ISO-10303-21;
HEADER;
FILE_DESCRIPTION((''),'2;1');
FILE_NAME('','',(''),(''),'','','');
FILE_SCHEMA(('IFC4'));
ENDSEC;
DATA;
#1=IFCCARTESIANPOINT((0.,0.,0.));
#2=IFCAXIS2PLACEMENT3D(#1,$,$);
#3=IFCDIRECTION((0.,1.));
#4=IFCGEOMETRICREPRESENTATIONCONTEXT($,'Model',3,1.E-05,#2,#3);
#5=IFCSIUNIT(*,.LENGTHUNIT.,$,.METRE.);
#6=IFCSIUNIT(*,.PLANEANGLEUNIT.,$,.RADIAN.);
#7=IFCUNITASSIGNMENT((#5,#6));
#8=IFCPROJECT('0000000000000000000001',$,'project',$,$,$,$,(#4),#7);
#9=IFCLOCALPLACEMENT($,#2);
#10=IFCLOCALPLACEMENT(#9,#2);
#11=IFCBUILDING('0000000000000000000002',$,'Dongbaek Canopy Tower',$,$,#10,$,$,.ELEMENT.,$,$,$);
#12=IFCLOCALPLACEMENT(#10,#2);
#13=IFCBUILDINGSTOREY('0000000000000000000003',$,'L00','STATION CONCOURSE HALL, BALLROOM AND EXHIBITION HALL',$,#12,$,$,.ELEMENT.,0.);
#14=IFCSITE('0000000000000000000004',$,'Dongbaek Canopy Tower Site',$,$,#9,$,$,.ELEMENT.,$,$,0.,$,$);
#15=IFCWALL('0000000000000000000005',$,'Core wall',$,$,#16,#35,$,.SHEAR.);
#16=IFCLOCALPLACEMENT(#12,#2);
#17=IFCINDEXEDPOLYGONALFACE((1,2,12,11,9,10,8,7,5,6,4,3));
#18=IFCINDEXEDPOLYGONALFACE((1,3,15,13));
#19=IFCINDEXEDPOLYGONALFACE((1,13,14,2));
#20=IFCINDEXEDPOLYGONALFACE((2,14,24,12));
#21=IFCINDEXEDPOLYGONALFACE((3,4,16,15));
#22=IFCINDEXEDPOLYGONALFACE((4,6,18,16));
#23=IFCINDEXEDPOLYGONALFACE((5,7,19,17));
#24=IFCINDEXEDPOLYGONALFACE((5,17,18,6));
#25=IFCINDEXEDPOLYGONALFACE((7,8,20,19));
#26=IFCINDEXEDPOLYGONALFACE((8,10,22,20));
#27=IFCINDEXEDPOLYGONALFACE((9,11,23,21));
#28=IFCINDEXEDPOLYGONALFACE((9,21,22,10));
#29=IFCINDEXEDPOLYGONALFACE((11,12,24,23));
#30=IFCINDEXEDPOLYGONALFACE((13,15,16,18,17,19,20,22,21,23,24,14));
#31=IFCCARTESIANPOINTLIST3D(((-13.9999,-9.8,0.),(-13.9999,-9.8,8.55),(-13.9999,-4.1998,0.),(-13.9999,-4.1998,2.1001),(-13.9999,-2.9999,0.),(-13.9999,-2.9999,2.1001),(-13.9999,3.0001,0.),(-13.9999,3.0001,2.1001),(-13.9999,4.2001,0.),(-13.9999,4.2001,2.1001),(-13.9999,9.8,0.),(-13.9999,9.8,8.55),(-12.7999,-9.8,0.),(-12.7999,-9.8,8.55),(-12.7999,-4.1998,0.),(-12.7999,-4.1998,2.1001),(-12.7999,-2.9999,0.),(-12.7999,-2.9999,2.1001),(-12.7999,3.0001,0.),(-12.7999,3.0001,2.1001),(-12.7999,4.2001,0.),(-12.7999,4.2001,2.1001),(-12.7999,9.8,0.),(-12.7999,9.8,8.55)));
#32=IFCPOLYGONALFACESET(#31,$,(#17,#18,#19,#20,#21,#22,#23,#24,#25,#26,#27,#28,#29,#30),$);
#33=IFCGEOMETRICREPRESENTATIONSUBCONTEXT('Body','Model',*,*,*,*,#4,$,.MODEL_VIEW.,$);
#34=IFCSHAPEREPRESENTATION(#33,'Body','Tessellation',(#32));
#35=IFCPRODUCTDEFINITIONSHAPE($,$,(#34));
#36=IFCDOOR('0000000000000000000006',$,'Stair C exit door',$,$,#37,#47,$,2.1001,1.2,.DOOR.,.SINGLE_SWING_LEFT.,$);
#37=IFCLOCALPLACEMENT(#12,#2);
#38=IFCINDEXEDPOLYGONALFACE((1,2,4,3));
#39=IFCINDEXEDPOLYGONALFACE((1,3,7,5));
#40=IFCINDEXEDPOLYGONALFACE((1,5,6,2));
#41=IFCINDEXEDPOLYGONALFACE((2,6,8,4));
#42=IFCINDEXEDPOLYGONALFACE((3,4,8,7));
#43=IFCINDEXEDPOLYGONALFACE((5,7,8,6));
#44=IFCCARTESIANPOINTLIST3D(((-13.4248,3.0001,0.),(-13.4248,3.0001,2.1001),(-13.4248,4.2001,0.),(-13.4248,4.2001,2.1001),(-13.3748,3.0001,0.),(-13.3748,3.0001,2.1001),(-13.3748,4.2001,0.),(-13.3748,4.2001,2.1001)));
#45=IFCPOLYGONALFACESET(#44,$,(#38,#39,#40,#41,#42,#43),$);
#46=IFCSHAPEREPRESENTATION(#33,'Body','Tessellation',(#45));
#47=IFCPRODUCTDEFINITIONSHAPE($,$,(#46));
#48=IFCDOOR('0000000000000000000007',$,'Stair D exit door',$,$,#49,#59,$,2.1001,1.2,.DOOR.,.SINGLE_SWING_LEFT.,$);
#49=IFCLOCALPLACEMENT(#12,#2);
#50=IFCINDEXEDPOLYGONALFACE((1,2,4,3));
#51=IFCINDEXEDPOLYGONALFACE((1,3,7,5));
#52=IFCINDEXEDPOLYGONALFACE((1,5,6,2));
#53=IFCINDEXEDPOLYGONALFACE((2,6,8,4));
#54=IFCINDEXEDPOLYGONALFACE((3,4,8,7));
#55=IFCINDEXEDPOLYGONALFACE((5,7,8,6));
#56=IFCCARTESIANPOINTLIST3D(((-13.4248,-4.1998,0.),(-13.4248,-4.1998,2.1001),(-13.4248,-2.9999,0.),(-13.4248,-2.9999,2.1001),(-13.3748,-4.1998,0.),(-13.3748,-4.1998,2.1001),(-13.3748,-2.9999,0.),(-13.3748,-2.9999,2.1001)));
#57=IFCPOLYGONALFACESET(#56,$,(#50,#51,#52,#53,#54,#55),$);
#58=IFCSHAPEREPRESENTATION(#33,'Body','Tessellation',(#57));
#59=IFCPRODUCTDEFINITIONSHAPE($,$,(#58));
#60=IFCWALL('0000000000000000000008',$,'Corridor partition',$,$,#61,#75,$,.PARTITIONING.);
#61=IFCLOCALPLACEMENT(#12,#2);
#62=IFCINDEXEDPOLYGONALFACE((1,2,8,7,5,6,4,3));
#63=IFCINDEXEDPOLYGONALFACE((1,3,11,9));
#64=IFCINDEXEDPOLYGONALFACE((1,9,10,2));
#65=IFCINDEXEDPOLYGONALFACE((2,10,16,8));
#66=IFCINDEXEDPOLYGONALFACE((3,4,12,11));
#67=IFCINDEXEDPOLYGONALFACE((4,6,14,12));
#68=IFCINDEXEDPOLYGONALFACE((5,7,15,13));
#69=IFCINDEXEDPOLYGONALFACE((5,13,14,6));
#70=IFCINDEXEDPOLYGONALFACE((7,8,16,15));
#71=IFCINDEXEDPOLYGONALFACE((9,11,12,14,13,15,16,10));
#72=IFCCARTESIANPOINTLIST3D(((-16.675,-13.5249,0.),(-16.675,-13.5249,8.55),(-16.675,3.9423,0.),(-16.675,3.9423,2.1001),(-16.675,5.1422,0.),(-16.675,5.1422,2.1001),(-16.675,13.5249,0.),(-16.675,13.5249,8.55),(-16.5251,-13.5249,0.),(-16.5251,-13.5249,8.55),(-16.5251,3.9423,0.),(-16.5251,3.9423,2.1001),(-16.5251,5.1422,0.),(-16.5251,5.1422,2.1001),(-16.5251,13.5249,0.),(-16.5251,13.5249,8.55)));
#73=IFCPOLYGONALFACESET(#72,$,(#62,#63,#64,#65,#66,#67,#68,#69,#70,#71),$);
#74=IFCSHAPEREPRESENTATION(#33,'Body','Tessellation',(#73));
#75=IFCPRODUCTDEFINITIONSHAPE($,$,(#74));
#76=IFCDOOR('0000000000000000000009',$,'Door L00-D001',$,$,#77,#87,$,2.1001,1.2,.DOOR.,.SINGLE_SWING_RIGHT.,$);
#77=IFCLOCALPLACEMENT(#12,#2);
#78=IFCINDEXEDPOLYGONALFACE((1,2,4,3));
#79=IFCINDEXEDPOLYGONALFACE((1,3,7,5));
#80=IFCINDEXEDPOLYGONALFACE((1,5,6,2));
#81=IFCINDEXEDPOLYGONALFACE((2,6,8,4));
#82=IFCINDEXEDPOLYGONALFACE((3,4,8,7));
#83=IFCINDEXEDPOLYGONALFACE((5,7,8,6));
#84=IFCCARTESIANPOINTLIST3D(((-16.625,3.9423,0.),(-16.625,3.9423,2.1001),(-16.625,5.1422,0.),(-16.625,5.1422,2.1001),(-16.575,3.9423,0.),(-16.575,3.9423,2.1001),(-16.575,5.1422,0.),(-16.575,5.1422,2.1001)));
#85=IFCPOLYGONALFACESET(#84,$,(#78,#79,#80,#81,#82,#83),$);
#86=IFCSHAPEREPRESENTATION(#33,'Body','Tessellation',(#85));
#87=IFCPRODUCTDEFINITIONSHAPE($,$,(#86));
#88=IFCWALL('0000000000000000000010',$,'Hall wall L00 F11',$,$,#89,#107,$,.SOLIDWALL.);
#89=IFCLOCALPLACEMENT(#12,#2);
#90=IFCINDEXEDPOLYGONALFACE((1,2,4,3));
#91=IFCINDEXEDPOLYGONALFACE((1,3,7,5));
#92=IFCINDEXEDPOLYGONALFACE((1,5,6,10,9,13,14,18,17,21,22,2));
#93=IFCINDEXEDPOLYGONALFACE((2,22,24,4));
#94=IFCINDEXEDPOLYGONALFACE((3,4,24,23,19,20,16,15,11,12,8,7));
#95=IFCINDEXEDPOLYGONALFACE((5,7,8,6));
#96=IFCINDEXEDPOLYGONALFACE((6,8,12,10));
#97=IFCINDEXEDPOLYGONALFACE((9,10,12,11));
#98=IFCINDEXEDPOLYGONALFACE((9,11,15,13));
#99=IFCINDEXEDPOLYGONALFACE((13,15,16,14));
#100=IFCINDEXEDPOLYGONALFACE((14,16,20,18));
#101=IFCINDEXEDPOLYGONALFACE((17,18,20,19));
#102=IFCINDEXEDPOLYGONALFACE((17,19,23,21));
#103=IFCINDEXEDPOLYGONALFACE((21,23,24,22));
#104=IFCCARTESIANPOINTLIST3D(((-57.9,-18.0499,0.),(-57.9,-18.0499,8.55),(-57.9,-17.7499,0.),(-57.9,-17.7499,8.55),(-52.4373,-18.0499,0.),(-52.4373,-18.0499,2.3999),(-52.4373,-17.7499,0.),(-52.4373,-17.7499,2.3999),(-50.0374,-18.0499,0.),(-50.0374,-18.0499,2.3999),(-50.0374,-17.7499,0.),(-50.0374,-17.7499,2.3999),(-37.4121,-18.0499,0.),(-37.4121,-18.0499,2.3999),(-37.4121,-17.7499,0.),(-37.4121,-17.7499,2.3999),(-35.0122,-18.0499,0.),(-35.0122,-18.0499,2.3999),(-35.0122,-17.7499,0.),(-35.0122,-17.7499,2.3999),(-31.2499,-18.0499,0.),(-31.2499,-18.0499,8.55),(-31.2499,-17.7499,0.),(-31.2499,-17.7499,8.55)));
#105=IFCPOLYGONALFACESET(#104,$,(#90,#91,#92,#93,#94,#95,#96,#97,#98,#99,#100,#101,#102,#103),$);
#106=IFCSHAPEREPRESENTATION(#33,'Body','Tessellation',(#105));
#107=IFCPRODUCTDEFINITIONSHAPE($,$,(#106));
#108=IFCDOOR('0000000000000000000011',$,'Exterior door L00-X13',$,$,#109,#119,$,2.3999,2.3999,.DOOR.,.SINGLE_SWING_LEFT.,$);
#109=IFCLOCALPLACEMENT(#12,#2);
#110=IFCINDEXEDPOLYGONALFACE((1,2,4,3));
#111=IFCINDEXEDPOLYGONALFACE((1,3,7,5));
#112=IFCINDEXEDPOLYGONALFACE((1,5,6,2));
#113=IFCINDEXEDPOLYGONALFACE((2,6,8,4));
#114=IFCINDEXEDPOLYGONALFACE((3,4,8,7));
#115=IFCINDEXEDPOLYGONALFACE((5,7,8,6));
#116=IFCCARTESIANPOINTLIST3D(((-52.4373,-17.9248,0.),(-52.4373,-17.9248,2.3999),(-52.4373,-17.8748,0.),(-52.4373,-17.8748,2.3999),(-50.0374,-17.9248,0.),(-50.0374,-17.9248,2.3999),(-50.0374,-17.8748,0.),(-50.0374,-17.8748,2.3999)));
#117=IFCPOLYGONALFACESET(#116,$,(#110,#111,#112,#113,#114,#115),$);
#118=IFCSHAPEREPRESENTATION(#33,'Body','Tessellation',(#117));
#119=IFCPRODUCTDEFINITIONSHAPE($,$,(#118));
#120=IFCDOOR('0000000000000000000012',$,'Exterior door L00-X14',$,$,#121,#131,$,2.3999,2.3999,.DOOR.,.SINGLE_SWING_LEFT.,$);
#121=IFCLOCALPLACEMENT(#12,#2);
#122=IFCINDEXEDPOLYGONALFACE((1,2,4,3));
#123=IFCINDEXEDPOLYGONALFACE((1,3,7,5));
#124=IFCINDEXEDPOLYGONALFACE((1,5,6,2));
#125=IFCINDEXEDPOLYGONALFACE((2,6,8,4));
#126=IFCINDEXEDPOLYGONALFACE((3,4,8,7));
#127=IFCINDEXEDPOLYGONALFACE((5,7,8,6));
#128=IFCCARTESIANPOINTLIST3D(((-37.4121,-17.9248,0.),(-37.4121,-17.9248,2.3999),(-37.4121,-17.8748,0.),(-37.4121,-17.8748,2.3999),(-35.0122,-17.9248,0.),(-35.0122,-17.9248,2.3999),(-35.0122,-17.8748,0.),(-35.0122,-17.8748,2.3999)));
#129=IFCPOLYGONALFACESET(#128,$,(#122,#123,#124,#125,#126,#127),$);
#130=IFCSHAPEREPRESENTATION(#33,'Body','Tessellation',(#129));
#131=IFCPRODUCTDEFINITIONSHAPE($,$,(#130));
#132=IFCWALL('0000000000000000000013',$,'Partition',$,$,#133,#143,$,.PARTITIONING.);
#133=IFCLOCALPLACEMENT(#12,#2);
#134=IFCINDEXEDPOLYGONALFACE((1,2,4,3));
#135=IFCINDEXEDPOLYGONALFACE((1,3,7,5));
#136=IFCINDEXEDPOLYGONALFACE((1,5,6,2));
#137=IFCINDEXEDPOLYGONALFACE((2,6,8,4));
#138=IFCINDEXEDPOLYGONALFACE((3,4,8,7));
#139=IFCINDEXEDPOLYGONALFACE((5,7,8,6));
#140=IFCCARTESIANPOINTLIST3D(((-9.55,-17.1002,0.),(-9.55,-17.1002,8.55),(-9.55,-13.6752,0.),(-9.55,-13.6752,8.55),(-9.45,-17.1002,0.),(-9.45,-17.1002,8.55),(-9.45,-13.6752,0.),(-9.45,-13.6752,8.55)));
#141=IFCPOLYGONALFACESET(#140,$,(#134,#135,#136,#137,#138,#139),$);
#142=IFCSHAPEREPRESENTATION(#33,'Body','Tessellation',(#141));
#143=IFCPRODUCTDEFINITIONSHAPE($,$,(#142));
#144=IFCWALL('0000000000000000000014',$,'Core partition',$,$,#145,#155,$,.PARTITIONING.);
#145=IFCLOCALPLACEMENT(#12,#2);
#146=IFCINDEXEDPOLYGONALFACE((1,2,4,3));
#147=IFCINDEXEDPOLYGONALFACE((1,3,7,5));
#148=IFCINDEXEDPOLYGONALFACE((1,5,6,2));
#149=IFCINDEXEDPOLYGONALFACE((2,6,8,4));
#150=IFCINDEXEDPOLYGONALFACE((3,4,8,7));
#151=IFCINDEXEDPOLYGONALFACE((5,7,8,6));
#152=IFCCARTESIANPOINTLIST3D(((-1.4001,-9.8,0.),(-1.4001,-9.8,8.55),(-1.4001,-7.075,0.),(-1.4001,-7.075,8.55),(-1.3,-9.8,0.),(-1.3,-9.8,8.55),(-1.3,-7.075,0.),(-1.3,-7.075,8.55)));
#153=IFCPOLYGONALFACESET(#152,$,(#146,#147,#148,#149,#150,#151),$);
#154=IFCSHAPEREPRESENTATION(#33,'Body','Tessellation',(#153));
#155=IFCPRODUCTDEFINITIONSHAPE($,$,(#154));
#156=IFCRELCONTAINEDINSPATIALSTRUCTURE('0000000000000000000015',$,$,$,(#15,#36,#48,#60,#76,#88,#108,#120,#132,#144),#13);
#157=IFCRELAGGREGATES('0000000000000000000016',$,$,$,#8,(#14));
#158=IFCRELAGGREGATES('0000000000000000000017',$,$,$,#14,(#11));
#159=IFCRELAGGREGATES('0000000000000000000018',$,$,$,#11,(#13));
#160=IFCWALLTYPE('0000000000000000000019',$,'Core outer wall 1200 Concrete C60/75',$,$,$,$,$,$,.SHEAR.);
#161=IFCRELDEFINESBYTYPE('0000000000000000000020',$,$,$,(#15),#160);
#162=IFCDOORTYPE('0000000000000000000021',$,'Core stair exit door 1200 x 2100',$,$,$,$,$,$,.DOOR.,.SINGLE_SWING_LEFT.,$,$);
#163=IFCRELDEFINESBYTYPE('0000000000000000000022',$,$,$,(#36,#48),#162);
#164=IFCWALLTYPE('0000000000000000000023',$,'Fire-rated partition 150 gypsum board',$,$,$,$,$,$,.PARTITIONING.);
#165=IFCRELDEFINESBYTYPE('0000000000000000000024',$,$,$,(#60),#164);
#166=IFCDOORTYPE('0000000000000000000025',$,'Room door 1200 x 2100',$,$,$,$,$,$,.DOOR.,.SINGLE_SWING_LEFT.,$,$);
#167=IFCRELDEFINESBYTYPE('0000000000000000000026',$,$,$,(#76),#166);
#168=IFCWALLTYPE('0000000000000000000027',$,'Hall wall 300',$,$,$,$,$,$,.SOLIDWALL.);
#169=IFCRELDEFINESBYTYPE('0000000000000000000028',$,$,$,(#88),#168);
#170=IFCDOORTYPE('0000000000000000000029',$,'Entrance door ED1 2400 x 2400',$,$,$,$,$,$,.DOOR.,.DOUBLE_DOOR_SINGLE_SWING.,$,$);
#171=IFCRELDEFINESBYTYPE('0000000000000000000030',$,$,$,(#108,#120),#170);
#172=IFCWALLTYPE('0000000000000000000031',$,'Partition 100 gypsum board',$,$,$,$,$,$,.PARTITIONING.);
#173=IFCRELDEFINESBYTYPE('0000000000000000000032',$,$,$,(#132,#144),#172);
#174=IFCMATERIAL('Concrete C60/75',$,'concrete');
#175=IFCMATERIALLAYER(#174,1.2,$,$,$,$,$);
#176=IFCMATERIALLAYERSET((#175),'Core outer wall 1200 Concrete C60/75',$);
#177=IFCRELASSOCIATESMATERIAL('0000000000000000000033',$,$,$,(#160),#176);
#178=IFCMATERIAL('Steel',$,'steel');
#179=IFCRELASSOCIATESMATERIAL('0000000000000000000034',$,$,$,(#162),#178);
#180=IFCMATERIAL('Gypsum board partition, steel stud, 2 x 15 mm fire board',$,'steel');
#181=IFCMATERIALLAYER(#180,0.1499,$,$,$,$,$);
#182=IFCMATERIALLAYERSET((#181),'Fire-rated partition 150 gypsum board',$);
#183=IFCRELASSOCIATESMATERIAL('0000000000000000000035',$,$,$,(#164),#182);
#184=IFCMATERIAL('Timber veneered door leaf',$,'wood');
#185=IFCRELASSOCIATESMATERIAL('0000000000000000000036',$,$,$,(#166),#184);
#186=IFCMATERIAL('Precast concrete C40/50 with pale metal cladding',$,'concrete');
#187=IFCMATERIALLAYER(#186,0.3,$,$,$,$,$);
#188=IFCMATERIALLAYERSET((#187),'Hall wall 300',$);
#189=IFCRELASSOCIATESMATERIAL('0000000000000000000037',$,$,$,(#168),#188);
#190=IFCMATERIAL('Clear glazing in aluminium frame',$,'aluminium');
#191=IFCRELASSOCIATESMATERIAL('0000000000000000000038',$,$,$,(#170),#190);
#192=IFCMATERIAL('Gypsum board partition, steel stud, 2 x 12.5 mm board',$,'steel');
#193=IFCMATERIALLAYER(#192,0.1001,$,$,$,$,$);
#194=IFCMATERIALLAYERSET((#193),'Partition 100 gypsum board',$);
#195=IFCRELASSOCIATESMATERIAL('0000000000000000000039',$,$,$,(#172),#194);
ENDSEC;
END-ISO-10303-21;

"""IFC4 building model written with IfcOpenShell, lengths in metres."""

from ifc_helpers import new_model, si_unit, direction, frame, frame_2d, origin, place, context, subcontext, project, spatial, rectangle, extrude, material, layer, layer_set, type_object, element, fill, save


model = new_model("IFC4")

# Units and contexts
model_context = context("Model", 3, precision=1e-05, world=origin(), true_north=direction((0.0, 1.0)))
body_context = subcontext(model_context, "Body", "Model", "MODEL_VIEW")
ifc_project = project(units=[si_unit("LENGTHUNIT", "METRE"), si_unit("PLANEANGLEUNIT", "RADIAN")], contexts=[model_context])

# Site, building, storey
site_placement = place(None, origin())
site = spatial("IfcSite", under=ifc_project, at=site_placement, Name="Dongbaek Canopy Tower Site", CompositionType="ELEMENT", RefElevation=0.0)
building_placement = place(site_placement, origin())
building = spatial("IfcBuilding", under=site, at=building_placement, Name="Dongbaek Canopy Tower", CompositionType="ELEMENT")
storey_placement = place(building_placement, origin())
storey = spatial("IfcBuildingStorey", under=building, at=storey_placement, Name="L00", Description="STATION CONCOURSE HALL, BALLROOM AND EXHIBITION HALL", CompositionType="ELEMENT", Elevation=0.0)

# Wall, openings, doors
ifc_material_1 = material(Name="Concrete C60/75", Category="concrete")
ifc_layer_1 = layer(ifc_material_1, 1.2)
ifc_layer_set_1 = layer_set([ifc_layer_1], Name="Core outer wall 1200 Concrete C60/75")
wall_type_1 = type_object("IfcWallType", Name="Core outer wall 1200 Concrete C60/75", PredefinedType="SHEAR", material=ifc_layer_set_1)
wall_1_placement = place(storey_placement, frame((-13.3999, -9.8, 0.0), z_axis=(0.0, 0.0, 1.0), x_axis=(0.0, 1.0, 0.0)))
wall_1 = element("IfcWall", 1, at=wall_1_placement, inside=storey, type_object=wall_type_1, Name="Core wall", PredefinedType="SHEAR", context=body_context, shape_type="SweptSolid", body=[
    extrude(rectangle(XDim=19.6001, YDim=1.2, at=frame_2d((9.8, 0.0))), origin(), (0.0, 0.0, 1.0), 8.55),
])
opening_1_placement = place(wall_1_placement, frame((12.8, 0.0, 0.0)))
opening_1 = element("IfcOpeningElement", 2, at=opening_1_placement, cuts=wall_1, PredefinedType="OPENING", context=body_context, shape_type="SweptSolid", body=[
    extrude(rectangle(XDim=1.2, YDim=2.1001, at=frame_2d((0.6001, 1.05))), frame((0.0, 0.6099, 0.0), z_axis=(0.0, -1.0, 0.0), x_axis=(1.0, 0.0, 0.0)), (0.0, 0.0, 1.0), 1.22),
])
opening_2_placement = place(wall_1_placement, frame((5.6001, 0.0, 0.0)))
opening_2 = element("IfcOpeningElement", 3, at=opening_2_placement, cuts=wall_1, PredefinedType="OPENING", context=body_context, shape_type="SweptSolid", body=[
    extrude(rectangle(XDim=1.2, YDim=2.1001, at=frame_2d((0.6001, 1.05))), frame((0.0, 0.6099, 0.0), z_axis=(0.0, -1.0, 0.0), x_axis=(1.0, 0.0, 0.0)), (0.0, 0.0, 1.0), 1.22),
])
ifc_material_2 = material(Name="Steel", Category="steel")
door_type_1 = type_object("IfcDoorType", Name="Core stair exit door 1200 x 2100", OperationType="SINGLE_SWING_LEFT", PredefinedType="DOOR", material=ifc_material_2)
door_1_placement = place(opening_1_placement, origin())
door_1 = element("IfcDoor", 4, at=door_1_placement, inside=storey, type_object=door_type_1, Name="Stair C exit door", OperationType="SINGLE_SWING_LEFT", OverallHeight=2.1001, OverallWidth=1.2, PredefinedType="DOOR", context=body_context, shape_type="SweptSolid", body=[
    extrude(rectangle(XDim=1.2, YDim=2.1001, at=frame_2d((0.6001, 1.05))), frame((0.0, 0.0249, 0.0), z_axis=(0.0, -1.0, 0.0), x_axis=(1.0, 0.0, 0.0)), (0.0, 0.0, 1.0), 0.05),
])
fill(opening_1, door_1)
door_2_placement = place(opening_2_placement, origin())
door_2 = element("IfcDoor", 5, at=door_2_placement, inside=storey, type_object=door_type_1, Name="Stair D exit door", OperationType="SINGLE_SWING_LEFT", OverallHeight=2.1001, OverallWidth=1.2, PredefinedType="DOOR", context=body_context, shape_type="SweptSolid", body=[
    extrude(rectangle(XDim=1.2, YDim=2.1001, at=frame_2d((0.6001, 1.05))), frame((0.0, 0.0249, 0.0), z_axis=(0.0, -1.0, 0.0), x_axis=(1.0, 0.0, 0.0)), (0.0, 0.0, 1.0), 0.05),
])
fill(opening_2, door_2)

# Wall, opening, door
ifc_material_3 = material(Name="Gypsum board partition, steel stud, 2 x 15 mm fire board", Category="steel")
ifc_layer_2 = layer(ifc_material_3, 0.1499)
ifc_layer_set_2 = layer_set([ifc_layer_2], Name="Fire-rated partition 150 gypsum board")
wall_type_2 = type_object("IfcWallType", Name="Fire-rated partition 150 gypsum board", PredefinedType="PARTITIONING", material=ifc_layer_set_2)
wall_2_placement = place(storey_placement, frame((-16.6001, -13.5249, 0.0), z_axis=(0.0, 0.0, 1.0), x_axis=(0.0, 1.0, 0.0)))
wall_2 = element("IfcWall", 6, at=wall_2_placement, inside=storey, type_object=wall_type_2, Name="Corridor partition", PredefinedType="PARTITIONING", context=body_context, shape_type="SweptSolid", body=[
    extrude(rectangle(XDim=27.0498, YDim=0.1499, at=frame_2d((13.5249, 0.0))), origin(), (0.0, 0.0, 1.0), 8.55),
])
opening_3_placement = place(wall_2_placement, frame((17.467, 0.0, 0.0)))
opening_3 = element("IfcOpeningElement", 7, at=opening_3_placement, cuts=wall_2, PredefinedType="OPENING", context=body_context, shape_type="SweptSolid", body=[
    extrude(rectangle(XDim=1.2, YDim=2.1001, at=frame_2d((0.6001, 1.05))), frame((0.0, 0.085, 0.0), z_axis=(0.0, -1.0, 0.0), x_axis=(1.0, 0.0, 0.0)), (0.0, 0.0, 1.0), 0.1699),
])
ifc_material_4 = material(Name="Timber veneered door leaf", Category="wood")
door_type_2 = type_object("IfcDoorType", Name="Room door 1200 x 2100", OperationType="SINGLE_SWING_LEFT", PredefinedType="DOOR", material=ifc_material_4)
door_3_placement = place(opening_3_placement, origin())
door_3 = element("IfcDoor", 8, at=door_3_placement, inside=storey, type_object=door_type_2, Name="Door L00-D001", OperationType="SINGLE_SWING_RIGHT", OverallHeight=2.1001, OverallWidth=1.2, PredefinedType="DOOR", context=body_context, shape_type="SweptSolid", body=[
    extrude(rectangle(XDim=1.2, YDim=2.1001, at=frame_2d((0.6001, 1.05))), frame((0.0, 0.0249, 0.0), z_axis=(0.0, -1.0, 0.0), x_axis=(1.0, 0.0, 0.0)), (0.0, 0.0, 1.0), 0.05),
])
fill(opening_3, door_3)

# Wall, openings, doors
ifc_material_5 = material(Name="Precast concrete C40/50 with pale metal cladding", Category="concrete")
ifc_layer_3 = layer(ifc_material_5, 0.3)
ifc_layer_set_3 = layer_set([ifc_layer_3], Name="Hall wall 300")
wall_type_3 = type_object("IfcWallType", Name="Hall wall 300", PredefinedType="SOLIDWALL", material=ifc_layer_set_3)
wall_3_placement = place(storey_placement, frame((-31.2498, -17.8999, 0.0), z_axis=(0.0, 0.0, 1.0), x_axis=(-1.0, 0.0, 0.0)))
wall_3 = element("IfcWall", 9, at=wall_3_placement, inside=storey, type_object=wall_type_3, Name="Hall wall L00 F11", PredefinedType="SOLIDWALL", context=body_context, shape_type="SweptSolid", body=[
    extrude(rectangle(XDim=26.6501, YDim=0.3, at=frame_2d((13.3252, 0.0))), origin(), (0.0, 0.0, 1.0), 8.55),
])
opening_4_placement = place(wall_3_placement, frame((18.7876, 0.0, 0.0)))
opening_4 = element("IfcOpeningElement", 10, at=opening_4_placement, cuts=wall_3, PredefinedType="OPENING", context=body_context, shape_type="SweptSolid", body=[
    extrude(rectangle(XDim=2.3999, YDim=2.3999, at=frame_2d((1.2, 1.2))), frame((0.0, 0.1599, 0.0), z_axis=(0.0, -1.0, 0.0), x_axis=(1.0, 0.0, 0.0)), (0.0, 0.0, 1.0), 0.3201),
])
opening_5_placement = place(wall_3_placement, frame((3.7625, 0.0, 0.0)))
opening_5 = element("IfcOpeningElement", 11, at=opening_5_placement, cuts=wall_3, PredefinedType="OPENING", context=body_context, shape_type="SweptSolid", body=[
    extrude(rectangle(XDim=2.3999, YDim=2.3999, at=frame_2d((1.2, 1.2))), frame((0.0, 0.1599, 0.0), z_axis=(0.0, -1.0, 0.0), x_axis=(1.0, 0.0, 0.0)), (0.0, 0.0, 1.0), 0.3201),
])
ifc_material_6 = material(Name="Clear glazing in aluminium frame", Category="aluminium")
door_type_3 = type_object("IfcDoorType", Name="Entrance door ED1 2400 x 2400", OperationType="DOUBLE_DOOR_SINGLE_SWING", PredefinedType="DOOR", material=ifc_material_6)
door_4_placement = place(opening_4_placement, origin())
door_4 = element("IfcDoor", 12, at=door_4_placement, inside=storey, type_object=door_type_3, Name="Exterior door L00-X13", OperationType="SINGLE_SWING_LEFT", OverallHeight=2.3999, OverallWidth=2.3999, PredefinedType="DOOR", context=body_context, shape_type="SweptSolid", body=[
    extrude(rectangle(XDim=2.3999, YDim=2.3999, at=frame_2d((1.2, 1.2))), frame((0.0, 0.0249, 0.0), z_axis=(0.0, -1.0, 0.0), x_axis=(1.0, 0.0, 0.0)), (0.0, 0.0, 1.0), 0.05),
])
fill(opening_4, door_4)
door_5_placement = place(opening_5_placement, origin())
door_5 = element("IfcDoor", 13, at=door_5_placement, inside=storey, type_object=door_type_3, Name="Exterior door L00-X14", OperationType="SINGLE_SWING_LEFT", OverallHeight=2.3999, OverallWidth=2.3999, PredefinedType="DOOR", context=body_context, shape_type="SweptSolid", body=[
    extrude(rectangle(XDim=2.3999, YDim=2.3999, at=frame_2d((1.2, 1.2))), frame((0.0, 0.0249, 0.0), z_axis=(0.0, -1.0, 0.0), x_axis=(1.0, 0.0, 0.0)), (0.0, 0.0, 1.0), 0.05),
])
fill(opening_5, door_5)

# Walls
ifc_material_7 = material(Name="Gypsum board partition, steel stud, 2 x 12.5 mm board", Category="steel")
ifc_layer_4 = layer(ifc_material_7, 0.1001)
ifc_layer_set_4 = layer_set([ifc_layer_4], Name="Partition 100 gypsum board")
wall_type_4 = type_object("IfcWallType", Name="Partition 100 gypsum board", PredefinedType="PARTITIONING", material=ifc_layer_set_4)
wall_4_placement = place(storey_placement, frame((-9.5, -17.1001, 0.0), z_axis=(0.0, 0.0, 1.0), x_axis=(0.0, 1.0, 0.0)))
element("IfcWall", 14, at=wall_4_placement, inside=storey, type_object=wall_type_4, Name="Partition", PredefinedType="PARTITIONING", context=body_context, shape_type="SweptSolid", body=[
    extrude(rectangle(XDim=3.425, YDim=0.1001, at=frame_2d((1.7124, 0.0))), origin(), (0.0, 0.0, 1.0), 8.55),
])
for number, where, z_axis, x_axis, name in (
    (15, (-1.3501, -9.8, 0.0), (0.0, 0.0, 1.0), (0.0, 1.0, 0.0), "Core partition"),
):
    element("IfcWall", number, at=place(storey_placement, frame(where, z_axis=z_axis, x_axis=x_axis)), inside=storey, type_object=wall_type_4, Name=name, PredefinedType="PARTITIONING", context=body_context, shape_type="SweptSolid", body=[
        extrude(rectangle(XDim=2.7251, YDim=0.1001, at=frame_2d((1.3625, 0.0))), origin(), (0.0, 0.0, 1.0), 8.55),
    ])

save(model, "model.ifc")
